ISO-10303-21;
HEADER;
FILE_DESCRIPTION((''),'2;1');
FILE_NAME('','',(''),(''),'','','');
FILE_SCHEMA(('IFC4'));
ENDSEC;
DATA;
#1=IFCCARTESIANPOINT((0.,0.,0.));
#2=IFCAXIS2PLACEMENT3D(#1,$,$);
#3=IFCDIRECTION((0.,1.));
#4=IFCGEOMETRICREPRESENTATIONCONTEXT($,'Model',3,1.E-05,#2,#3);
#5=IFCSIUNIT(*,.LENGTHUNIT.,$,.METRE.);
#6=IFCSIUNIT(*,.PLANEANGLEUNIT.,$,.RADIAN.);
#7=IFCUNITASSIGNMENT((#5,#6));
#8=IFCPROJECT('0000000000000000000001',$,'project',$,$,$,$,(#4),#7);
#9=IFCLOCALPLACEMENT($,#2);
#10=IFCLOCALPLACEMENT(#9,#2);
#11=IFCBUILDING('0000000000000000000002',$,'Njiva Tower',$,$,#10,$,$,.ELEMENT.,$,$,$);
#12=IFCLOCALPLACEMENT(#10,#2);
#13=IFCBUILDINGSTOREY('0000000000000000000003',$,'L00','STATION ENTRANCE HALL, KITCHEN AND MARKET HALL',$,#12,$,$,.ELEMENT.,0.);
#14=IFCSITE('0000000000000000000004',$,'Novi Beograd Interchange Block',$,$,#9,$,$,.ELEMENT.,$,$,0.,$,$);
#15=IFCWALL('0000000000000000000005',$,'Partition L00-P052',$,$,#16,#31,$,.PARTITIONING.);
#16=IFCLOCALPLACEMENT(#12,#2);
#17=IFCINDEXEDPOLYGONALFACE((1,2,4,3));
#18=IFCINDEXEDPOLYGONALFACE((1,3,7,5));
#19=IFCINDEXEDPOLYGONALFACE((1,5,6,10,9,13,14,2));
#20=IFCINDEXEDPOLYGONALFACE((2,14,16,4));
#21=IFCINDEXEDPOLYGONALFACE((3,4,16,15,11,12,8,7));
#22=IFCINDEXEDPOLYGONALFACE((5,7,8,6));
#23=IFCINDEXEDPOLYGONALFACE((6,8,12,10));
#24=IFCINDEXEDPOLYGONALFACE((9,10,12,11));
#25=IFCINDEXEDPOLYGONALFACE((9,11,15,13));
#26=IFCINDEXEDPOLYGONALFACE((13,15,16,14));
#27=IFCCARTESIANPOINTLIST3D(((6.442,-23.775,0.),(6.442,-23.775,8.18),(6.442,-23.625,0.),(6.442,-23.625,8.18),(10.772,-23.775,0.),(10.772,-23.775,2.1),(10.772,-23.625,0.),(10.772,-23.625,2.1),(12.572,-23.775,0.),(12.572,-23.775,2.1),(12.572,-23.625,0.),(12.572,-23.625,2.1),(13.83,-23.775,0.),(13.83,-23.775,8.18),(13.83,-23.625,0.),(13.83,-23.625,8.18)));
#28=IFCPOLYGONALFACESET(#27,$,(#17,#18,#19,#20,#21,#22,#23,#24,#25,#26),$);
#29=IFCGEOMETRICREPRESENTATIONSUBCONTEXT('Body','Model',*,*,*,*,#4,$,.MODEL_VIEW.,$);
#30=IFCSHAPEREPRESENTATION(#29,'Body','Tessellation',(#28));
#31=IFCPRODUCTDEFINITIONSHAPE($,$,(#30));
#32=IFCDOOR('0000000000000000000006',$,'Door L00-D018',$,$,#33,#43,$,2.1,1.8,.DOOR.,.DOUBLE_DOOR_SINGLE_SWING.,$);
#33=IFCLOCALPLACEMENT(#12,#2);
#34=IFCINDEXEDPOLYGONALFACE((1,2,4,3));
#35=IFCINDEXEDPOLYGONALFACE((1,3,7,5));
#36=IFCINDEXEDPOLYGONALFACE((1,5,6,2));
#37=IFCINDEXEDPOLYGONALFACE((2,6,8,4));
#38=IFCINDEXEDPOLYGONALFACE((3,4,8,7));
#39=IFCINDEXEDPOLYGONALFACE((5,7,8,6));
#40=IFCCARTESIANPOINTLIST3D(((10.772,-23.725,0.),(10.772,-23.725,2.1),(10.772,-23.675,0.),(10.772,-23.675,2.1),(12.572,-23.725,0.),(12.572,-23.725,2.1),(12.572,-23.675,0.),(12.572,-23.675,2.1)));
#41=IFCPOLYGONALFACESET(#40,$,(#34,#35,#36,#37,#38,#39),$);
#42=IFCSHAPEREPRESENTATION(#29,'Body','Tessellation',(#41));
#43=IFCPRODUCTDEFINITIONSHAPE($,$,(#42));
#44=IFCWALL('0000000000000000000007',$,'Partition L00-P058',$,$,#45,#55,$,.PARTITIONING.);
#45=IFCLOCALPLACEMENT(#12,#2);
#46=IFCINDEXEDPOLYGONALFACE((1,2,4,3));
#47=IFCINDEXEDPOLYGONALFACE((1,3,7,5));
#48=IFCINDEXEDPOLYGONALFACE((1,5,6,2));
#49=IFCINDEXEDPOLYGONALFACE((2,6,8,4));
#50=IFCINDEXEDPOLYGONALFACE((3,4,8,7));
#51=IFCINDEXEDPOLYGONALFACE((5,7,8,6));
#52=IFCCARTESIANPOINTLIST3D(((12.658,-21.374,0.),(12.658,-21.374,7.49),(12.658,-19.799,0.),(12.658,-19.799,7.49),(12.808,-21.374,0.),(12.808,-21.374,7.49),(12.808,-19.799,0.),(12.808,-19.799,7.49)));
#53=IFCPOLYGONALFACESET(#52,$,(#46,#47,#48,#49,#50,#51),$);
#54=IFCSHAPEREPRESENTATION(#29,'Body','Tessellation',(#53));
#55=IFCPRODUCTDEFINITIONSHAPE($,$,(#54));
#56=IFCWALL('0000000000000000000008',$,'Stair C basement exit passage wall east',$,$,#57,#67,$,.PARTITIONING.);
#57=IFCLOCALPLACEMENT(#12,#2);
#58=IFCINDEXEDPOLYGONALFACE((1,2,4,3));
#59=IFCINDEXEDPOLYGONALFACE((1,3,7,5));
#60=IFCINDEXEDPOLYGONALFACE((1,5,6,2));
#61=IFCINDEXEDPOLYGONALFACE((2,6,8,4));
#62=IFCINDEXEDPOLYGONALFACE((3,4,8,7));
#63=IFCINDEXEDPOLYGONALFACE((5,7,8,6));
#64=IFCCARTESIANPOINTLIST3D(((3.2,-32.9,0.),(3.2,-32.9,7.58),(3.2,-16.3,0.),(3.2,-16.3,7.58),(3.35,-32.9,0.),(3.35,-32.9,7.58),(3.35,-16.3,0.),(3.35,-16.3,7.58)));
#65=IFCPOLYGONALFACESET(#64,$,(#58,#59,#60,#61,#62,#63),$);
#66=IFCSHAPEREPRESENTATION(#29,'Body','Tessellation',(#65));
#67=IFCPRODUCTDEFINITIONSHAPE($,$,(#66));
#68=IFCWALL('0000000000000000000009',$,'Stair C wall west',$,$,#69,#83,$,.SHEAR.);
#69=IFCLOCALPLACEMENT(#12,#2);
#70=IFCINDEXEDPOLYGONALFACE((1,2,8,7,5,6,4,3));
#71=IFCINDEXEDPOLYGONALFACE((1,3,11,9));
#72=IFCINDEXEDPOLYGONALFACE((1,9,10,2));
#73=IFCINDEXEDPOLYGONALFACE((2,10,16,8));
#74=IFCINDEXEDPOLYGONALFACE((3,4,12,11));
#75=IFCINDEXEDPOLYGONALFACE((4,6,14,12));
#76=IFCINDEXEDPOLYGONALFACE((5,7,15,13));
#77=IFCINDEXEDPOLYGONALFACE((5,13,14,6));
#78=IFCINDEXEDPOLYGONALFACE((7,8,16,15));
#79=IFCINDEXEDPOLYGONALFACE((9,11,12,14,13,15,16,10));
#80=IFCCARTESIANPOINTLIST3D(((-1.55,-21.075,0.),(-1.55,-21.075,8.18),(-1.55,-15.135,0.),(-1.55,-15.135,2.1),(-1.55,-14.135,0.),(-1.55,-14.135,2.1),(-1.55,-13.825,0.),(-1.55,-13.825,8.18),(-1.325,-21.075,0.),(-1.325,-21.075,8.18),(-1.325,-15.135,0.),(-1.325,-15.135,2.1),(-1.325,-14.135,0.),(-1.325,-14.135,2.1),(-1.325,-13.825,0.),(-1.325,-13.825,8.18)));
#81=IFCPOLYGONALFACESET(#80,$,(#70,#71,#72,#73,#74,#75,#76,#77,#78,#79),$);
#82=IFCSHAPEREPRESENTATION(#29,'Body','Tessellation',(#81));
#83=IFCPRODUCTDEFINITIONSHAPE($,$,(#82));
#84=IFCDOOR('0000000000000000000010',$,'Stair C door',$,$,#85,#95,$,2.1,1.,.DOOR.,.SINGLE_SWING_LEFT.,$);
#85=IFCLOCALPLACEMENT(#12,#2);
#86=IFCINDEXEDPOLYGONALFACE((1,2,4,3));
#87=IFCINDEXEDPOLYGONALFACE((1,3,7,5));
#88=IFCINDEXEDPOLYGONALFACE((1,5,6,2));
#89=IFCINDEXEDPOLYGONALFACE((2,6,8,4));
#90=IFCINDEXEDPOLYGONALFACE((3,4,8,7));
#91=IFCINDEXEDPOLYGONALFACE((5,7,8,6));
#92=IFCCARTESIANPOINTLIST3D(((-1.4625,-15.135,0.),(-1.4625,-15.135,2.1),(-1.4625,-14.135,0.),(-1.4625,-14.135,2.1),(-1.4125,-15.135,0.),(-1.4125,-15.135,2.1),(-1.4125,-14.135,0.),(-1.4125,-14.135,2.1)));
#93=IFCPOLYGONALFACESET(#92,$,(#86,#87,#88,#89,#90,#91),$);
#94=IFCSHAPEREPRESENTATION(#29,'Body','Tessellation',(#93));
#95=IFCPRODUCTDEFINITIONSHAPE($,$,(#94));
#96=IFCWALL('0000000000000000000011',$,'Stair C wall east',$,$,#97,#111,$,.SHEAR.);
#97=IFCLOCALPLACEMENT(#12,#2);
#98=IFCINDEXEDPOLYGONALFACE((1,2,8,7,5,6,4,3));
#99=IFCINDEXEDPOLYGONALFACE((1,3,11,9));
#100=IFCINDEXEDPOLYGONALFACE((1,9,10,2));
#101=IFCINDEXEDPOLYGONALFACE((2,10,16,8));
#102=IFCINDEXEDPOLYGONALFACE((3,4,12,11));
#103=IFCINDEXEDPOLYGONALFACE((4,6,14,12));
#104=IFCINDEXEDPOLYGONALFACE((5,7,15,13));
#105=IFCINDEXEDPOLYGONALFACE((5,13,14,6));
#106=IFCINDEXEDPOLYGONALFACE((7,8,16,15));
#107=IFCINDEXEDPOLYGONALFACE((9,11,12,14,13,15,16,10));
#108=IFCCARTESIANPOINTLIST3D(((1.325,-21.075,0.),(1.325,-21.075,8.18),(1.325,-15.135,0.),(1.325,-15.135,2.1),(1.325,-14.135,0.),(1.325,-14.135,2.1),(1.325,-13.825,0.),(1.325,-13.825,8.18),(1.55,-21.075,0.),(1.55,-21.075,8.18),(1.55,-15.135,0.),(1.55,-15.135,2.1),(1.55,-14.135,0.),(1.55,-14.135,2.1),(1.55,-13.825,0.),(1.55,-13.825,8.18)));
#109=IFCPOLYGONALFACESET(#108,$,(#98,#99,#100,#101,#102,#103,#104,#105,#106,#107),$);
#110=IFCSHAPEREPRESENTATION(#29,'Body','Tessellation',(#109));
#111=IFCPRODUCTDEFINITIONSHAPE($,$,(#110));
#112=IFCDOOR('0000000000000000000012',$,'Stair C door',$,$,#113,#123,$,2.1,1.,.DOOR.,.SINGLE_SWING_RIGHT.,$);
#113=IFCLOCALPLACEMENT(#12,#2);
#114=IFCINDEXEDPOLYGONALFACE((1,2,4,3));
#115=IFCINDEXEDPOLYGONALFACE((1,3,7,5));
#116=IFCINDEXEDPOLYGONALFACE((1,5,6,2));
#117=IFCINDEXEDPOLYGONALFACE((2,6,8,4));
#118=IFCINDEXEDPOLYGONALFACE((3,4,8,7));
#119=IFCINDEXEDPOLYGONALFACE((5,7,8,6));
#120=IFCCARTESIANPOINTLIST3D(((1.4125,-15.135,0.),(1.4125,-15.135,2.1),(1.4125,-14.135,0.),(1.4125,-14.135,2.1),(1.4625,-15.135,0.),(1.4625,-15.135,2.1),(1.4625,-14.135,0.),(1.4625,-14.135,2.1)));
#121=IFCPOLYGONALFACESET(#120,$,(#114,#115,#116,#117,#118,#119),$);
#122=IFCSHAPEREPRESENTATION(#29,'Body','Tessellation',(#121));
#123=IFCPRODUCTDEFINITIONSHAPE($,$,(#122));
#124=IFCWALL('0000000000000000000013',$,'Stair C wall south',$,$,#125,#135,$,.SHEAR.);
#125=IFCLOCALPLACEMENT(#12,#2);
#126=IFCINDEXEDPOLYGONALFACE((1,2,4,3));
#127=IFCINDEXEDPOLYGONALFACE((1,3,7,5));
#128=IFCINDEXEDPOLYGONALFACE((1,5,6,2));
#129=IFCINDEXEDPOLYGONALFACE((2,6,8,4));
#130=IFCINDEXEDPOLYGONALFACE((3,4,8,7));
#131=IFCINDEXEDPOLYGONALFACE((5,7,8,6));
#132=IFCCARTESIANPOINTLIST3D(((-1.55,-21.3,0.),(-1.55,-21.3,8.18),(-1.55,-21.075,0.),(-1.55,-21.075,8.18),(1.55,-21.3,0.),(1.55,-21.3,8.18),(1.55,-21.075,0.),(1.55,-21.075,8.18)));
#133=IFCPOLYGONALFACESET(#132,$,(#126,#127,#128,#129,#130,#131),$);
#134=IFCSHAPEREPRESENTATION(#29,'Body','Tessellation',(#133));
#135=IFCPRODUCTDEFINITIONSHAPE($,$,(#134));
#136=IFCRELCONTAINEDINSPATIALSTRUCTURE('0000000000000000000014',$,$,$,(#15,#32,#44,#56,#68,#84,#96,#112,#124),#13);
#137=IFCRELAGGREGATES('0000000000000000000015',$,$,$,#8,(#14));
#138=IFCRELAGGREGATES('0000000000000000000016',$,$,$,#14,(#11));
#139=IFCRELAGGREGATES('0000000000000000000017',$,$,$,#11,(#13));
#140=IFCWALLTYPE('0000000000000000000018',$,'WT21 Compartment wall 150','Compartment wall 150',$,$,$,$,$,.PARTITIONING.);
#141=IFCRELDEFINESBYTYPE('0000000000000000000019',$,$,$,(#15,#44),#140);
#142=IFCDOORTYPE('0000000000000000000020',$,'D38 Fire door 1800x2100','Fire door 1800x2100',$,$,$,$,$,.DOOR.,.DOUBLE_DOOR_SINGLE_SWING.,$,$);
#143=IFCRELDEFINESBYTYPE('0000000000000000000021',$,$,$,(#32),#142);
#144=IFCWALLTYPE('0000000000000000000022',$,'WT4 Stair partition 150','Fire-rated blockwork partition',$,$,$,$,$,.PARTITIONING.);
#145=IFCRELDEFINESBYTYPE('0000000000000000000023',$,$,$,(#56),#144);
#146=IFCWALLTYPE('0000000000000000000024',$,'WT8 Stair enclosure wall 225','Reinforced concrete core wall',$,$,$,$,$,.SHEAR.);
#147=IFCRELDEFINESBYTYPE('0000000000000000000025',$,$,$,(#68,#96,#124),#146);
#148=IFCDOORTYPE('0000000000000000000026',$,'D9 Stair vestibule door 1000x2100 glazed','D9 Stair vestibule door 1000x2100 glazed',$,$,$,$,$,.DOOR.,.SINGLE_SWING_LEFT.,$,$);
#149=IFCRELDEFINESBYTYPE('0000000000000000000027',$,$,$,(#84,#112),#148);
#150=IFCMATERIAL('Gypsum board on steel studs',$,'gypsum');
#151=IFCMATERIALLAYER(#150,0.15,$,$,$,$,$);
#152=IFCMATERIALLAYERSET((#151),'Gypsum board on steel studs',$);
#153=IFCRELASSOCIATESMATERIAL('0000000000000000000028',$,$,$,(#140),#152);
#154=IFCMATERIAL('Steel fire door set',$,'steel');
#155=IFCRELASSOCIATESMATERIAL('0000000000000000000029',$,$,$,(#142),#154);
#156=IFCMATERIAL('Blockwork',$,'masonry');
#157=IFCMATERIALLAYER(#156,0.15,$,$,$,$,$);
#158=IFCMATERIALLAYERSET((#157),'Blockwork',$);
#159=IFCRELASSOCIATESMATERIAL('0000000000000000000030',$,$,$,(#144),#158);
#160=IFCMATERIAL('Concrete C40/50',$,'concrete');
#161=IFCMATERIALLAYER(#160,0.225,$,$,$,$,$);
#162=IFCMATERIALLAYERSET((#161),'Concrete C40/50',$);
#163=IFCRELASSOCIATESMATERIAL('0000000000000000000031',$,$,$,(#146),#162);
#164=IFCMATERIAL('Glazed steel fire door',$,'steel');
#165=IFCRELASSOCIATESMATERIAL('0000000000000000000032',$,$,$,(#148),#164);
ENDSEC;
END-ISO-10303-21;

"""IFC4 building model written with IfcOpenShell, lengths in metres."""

from ifc_helpers import new_model, si_unit, direction, frame, frame_2d, origin, place, context, subcontext, project, spatial, rectangle, extrude, material, layer, layer_set, type_object, element, fill, save


model = new_model("IFC4")

# Units and contexts
model_context = context("Model", 3, precision=1e-05, world=origin(), true_north=direction((0.0, 1.0)))
body_context = subcontext(model_context, "Body", "Model", "MODEL_VIEW")
ifc_project = project(units=[si_unit("LENGTHUNIT", "METRE"), si_unit("PLANEANGLEUNIT", "RADIAN")], contexts=[model_context])

# Site, building, storey
site_placement = place(None, origin())
site = spatial("IfcSite", under=ifc_project, at=site_placement, Name="Novi Beograd Interchange Block", CompositionType="ELEMENT", RefElevation=0.0)
building_placement = place(site_placement, origin())
building = spatial("IfcBuilding", under=site, at=building_placement, Name="Njiva Tower", CompositionType="ELEMENT")
storey_placement = place(building_placement, origin())
storey = spatial("IfcBuildingStorey", under=building, at=storey_placement, Name="L00", Description="STATION ENTRANCE HALL, KITCHEN AND MARKET HALL", CompositionType="ELEMENT", Elevation=0.0)

# Shared definitions
ifc_material_1 = material(Name="Gypsum board on steel studs", Category="gypsum")
ifc_layer_1 = layer(ifc_material_1, 0.15)
ifc_layer_set_1 = layer_set([ifc_layer_1], Name="Gypsum board on steel studs")
wall_type_1 = type_object("IfcWallType", Name="WT21 Compartment wall 150", Description="Compartment wall 150", PredefinedType="PARTITIONING", material=ifc_layer_set_1)
ifc_material_2 = material(Name="Steel fire door set", Category="steel")

# Wall, opening, door
wall_1_placement = place(storey_placement, frame((6.442, -23.7, 0.0), z_axis=(0.0, 0.0, 1.0), x_axis=(1.0, 0.0, 0.0)))
wall_1 = element("IfcWall", 1, at=wall_1_placement, inside=storey, type_object=wall_type_1, Name="Partition L00-P052", PredefinedType="PARTITIONING", context=body_context, shape_type="SweptSolid", body=[
    extrude(rectangle(XDim=7.388, YDim=0.15, at=frame_2d((3.694, 0.0))), origin(), (0.0, 0.0, 1.0), 8.18),
])
opening_1_placement = place(wall_1_placement, frame((4.33, 0.0, 0.0)))
opening_1 = element("IfcOpeningElement", 2, at=opening_1_placement, cuts=wall_1, PredefinedType="OPENING", context=body_context, shape_type="SweptSolid", body=[
    extrude(rectangle(XDim=1.8, YDim=2.1, at=frame_2d((0.9, 1.05))), frame((0.0, 0.085, 0.0), z_axis=(0.0, -1.0, 0.0), x_axis=(1.0, 0.0, 0.0)), (0.0, 0.0, 1.0), 0.17),
])
door_type_1 = type_object("IfcDoorType", Name="D38 Fire door 1800x2100", Description="Fire door 1800x2100", OperationType="DOUBLE_DOOR_SINGLE_SWING", PredefinedType="DOOR", material=ifc_material_2)
door_1_placement = place(opening_1_placement, origin())
door_1 = element("IfcDoor", 3, at=door_1_placement, inside=storey, type_object=door_type_1, Name="Door L00-D018", OperationType="DOUBLE_DOOR_SINGLE_SWING", OverallHeight=2.1, OverallWidth=1.8, PredefinedType="DOOR", context=body_context, shape_type="SweptSolid", body=[
    extrude(rectangle(XDim=1.8, YDim=2.1, at=frame_2d((0.9, 1.05))), frame((0.0, 0.025, 0.0), z_axis=(0.0, -1.0, 0.0), x_axis=(1.0, 0.0, 0.0)), (0.0, 0.0, 1.0), 0.05),
])
fill(opening_1, door_1)

# Walls
wall_2_placement = place(storey_placement, frame((12.733, -21.374, 0.0), z_axis=(0.0, 0.0, 1.0), x_axis=(0.0, 1.0, 0.0)))
element("IfcWall", 4, at=wall_2_placement, inside=storey, type_object=wall_type_1, Name="Partition L00-P058", PredefinedType="PARTITIONING", context=body_context, shape_type="SweptSolid", body=[
    extrude(rectangle(XDim=1.575, YDim=0.15, at=frame_2d((0.7875, 0.0))), origin(), (0.0, 0.0, 1.0), 7.49),
])
ifc_material_3 = material(Name="Blockwork", Category="masonry")
ifc_layer_2 = layer(ifc_material_3, 0.15)
ifc_layer_set_2 = layer_set([ifc_layer_2], Name="Blockwork")
wall_type_2 = type_object("IfcWallType", Name="WT4 Stair partition 150", Description="Fire-rated blockwork partition", PredefinedType="PARTITIONING", material=ifc_layer_set_2)
wall_3_placement = place(storey_placement, frame((3.275, -32.9, 0.0), z_axis=(0.0, 0.0, 1.0), x_axis=(0.0, 1.0, 0.0)))
element("IfcWall", 5, at=wall_3_placement, inside=storey, type_object=wall_type_2, Name="Stair C basement exit passage wall east", PredefinedType="PARTITIONING", context=body_context, shape_type="SweptSolid", body=[
    extrude(rectangle(XDim=16.6, YDim=0.15, at=frame_2d((8.3, 0.0))), origin(), (0.0, 0.0, 1.0), 7.58),
])

# Walls, openings, doors
ifc_material_4 = material(Name="Concrete C40/50", Category="concrete")
ifc_layer_3 = layer(ifc_material_4, 0.225)
ifc_layer_set_3 = layer_set([ifc_layer_3], Name="Concrete C40/50")
wall_type_3 = type_object("IfcWallType", Name="WT8 Stair enclosure wall 225", Description="Reinforced concrete core wall", PredefinedType="SHEAR", material=ifc_layer_set_3)
wall_4_placement = place(storey_placement, frame((-1.4375, -21.075, 0.0), z_axis=(0.0, 0.0, 1.0), x_axis=(0.0, 1.0, 0.0)))
wall_4 = element("IfcWall", 6, at=wall_4_placement, inside=storey, type_object=wall_type_3, Name="Stair C wall west", PredefinedType="SHEAR", context=body_context, shape_type="SweptSolid", body=[
    extrude(rectangle(XDim=7.25, YDim=0.225, at=frame_2d((3.625, 0.0))), origin(), (0.0, 0.0, 1.0), 8.18),
])
opening_2_placement = place(wall_4_placement, frame((5.94, 0.0, 0.0)))
opening_2 = element("IfcOpeningElement", 7, at=opening_2_placement, cuts=wall_4, PredefinedType="OPENING", context=body_context, shape_type="SweptSolid", body=[
    extrude(rectangle(XDim=1.0, YDim=2.1, at=frame_2d((0.5, 1.05))), frame((0.0, 0.1225, 0.0), z_axis=(0.0, -1.0, 0.0), x_axis=(1.0, 0.0, 0.0)), (0.0, 0.0, 1.0), 0.245),
])
ifc_material_5 = material(Name="Glazed steel fire door", Category="steel")
door_type_2 = type_object("IfcDoorType", Name="D9 Stair vestibule door 1000x2100 glazed", Description="D9 Stair vestibule door 1000x2100 glazed", OperationType="SINGLE_SWING_LEFT", PredefinedType="DOOR", material=ifc_material_5)
door_2_placement = place(opening_2_placement, origin())
door_2 = element("IfcDoor", 8, at=door_2_placement, inside=storey, type_object=door_type_2, Name="Stair C door", OperationType="SINGLE_SWING_LEFT", OverallHeight=2.1, OverallWidth=1.0, PredefinedType="DOOR", context=body_context, shape_type="SweptSolid", body=[
    extrude(rectangle(XDim=1.0, YDim=2.1, at=frame_2d((0.5, 1.05))), frame((0.0, 0.025, 0.0), z_axis=(0.0, -1.0, 0.0), x_axis=(1.0, 0.0, 0.0)), (0.0, 0.0, 1.0), 0.05),
])
fill(opening_2, door_2)
wall_5_placement = place(storey_placement, frame((1.4375, -21.075, 0.0), z_axis=(0.0, 0.0, 1.0), x_axis=(0.0, 1.0, 0.0)))
wall_5 = element("IfcWall", 9, at=wall_5_placement, inside=storey, type_object=wall_type_3, Name="Stair C wall east", PredefinedType="SHEAR", context=body_context, shape_type="SweptSolid", body=[
    extrude(rectangle(XDim=7.25, YDim=0.225, at=frame_2d((3.625, 0.0))), origin(), (0.0, 0.0, 1.0), 8.18),
])
opening_3_placement = place(wall_5_placement, frame((5.94, 0.0, 0.0)))
opening_3 = element("IfcOpeningElement", 10, at=opening_3_placement, cuts=wall_5, PredefinedType="OPENING", context=body_context, shape_type="SweptSolid", body=[
    extrude(rectangle(XDim=1.0, YDim=2.1, at=frame_2d((0.5, 1.05))), frame((0.0, 0.1225, 0.0), z_axis=(0.0, -1.0, 0.0), x_axis=(1.0, 0.0, 0.0)), (0.0, 0.0, 1.0), 0.245),
])
door_3_placement = place(opening_3_placement, origin())
door_3 = element("IfcDoor", 11, at=door_3_placement, inside=storey, type_object=door_type_2, Name="Stair C door", OperationType="SINGLE_SWING_RIGHT", OverallHeight=2.1, OverallWidth=1.0, PredefinedType="DOOR", context=body_context, shape_type="SweptSolid", body=[
    extrude(rectangle(XDim=1.0, YDim=2.1, at=frame_2d((0.5, 1.05))), frame((0.0, 0.025, 0.0), z_axis=(0.0, -1.0, 0.0), x_axis=(1.0, 0.0, 0.0)), (0.0, 0.0, 1.0), 0.05),
])
fill(opening_3, door_3)

# Wall
wall_6_placement = place(storey_placement, frame((-1.55, -21.1875, 0.0), z_axis=(0.0, 0.0, 1.0), x_axis=(1.0, 0.0, 0.0)))
element("IfcWall", 12, at=wall_6_placement, inside=storey, type_object=wall_type_3, Name="Stair C wall south", PredefinedType="SHEAR", context=body_context, shape_type="SweptSolid", body=[
    extrude(rectangle(XDim=3.1, YDim=0.225, at=frame_2d((1.55, 0.0))), origin(), (0.0, 0.0, 1.0), 8.18),
])

save(model, "model.ifc")
